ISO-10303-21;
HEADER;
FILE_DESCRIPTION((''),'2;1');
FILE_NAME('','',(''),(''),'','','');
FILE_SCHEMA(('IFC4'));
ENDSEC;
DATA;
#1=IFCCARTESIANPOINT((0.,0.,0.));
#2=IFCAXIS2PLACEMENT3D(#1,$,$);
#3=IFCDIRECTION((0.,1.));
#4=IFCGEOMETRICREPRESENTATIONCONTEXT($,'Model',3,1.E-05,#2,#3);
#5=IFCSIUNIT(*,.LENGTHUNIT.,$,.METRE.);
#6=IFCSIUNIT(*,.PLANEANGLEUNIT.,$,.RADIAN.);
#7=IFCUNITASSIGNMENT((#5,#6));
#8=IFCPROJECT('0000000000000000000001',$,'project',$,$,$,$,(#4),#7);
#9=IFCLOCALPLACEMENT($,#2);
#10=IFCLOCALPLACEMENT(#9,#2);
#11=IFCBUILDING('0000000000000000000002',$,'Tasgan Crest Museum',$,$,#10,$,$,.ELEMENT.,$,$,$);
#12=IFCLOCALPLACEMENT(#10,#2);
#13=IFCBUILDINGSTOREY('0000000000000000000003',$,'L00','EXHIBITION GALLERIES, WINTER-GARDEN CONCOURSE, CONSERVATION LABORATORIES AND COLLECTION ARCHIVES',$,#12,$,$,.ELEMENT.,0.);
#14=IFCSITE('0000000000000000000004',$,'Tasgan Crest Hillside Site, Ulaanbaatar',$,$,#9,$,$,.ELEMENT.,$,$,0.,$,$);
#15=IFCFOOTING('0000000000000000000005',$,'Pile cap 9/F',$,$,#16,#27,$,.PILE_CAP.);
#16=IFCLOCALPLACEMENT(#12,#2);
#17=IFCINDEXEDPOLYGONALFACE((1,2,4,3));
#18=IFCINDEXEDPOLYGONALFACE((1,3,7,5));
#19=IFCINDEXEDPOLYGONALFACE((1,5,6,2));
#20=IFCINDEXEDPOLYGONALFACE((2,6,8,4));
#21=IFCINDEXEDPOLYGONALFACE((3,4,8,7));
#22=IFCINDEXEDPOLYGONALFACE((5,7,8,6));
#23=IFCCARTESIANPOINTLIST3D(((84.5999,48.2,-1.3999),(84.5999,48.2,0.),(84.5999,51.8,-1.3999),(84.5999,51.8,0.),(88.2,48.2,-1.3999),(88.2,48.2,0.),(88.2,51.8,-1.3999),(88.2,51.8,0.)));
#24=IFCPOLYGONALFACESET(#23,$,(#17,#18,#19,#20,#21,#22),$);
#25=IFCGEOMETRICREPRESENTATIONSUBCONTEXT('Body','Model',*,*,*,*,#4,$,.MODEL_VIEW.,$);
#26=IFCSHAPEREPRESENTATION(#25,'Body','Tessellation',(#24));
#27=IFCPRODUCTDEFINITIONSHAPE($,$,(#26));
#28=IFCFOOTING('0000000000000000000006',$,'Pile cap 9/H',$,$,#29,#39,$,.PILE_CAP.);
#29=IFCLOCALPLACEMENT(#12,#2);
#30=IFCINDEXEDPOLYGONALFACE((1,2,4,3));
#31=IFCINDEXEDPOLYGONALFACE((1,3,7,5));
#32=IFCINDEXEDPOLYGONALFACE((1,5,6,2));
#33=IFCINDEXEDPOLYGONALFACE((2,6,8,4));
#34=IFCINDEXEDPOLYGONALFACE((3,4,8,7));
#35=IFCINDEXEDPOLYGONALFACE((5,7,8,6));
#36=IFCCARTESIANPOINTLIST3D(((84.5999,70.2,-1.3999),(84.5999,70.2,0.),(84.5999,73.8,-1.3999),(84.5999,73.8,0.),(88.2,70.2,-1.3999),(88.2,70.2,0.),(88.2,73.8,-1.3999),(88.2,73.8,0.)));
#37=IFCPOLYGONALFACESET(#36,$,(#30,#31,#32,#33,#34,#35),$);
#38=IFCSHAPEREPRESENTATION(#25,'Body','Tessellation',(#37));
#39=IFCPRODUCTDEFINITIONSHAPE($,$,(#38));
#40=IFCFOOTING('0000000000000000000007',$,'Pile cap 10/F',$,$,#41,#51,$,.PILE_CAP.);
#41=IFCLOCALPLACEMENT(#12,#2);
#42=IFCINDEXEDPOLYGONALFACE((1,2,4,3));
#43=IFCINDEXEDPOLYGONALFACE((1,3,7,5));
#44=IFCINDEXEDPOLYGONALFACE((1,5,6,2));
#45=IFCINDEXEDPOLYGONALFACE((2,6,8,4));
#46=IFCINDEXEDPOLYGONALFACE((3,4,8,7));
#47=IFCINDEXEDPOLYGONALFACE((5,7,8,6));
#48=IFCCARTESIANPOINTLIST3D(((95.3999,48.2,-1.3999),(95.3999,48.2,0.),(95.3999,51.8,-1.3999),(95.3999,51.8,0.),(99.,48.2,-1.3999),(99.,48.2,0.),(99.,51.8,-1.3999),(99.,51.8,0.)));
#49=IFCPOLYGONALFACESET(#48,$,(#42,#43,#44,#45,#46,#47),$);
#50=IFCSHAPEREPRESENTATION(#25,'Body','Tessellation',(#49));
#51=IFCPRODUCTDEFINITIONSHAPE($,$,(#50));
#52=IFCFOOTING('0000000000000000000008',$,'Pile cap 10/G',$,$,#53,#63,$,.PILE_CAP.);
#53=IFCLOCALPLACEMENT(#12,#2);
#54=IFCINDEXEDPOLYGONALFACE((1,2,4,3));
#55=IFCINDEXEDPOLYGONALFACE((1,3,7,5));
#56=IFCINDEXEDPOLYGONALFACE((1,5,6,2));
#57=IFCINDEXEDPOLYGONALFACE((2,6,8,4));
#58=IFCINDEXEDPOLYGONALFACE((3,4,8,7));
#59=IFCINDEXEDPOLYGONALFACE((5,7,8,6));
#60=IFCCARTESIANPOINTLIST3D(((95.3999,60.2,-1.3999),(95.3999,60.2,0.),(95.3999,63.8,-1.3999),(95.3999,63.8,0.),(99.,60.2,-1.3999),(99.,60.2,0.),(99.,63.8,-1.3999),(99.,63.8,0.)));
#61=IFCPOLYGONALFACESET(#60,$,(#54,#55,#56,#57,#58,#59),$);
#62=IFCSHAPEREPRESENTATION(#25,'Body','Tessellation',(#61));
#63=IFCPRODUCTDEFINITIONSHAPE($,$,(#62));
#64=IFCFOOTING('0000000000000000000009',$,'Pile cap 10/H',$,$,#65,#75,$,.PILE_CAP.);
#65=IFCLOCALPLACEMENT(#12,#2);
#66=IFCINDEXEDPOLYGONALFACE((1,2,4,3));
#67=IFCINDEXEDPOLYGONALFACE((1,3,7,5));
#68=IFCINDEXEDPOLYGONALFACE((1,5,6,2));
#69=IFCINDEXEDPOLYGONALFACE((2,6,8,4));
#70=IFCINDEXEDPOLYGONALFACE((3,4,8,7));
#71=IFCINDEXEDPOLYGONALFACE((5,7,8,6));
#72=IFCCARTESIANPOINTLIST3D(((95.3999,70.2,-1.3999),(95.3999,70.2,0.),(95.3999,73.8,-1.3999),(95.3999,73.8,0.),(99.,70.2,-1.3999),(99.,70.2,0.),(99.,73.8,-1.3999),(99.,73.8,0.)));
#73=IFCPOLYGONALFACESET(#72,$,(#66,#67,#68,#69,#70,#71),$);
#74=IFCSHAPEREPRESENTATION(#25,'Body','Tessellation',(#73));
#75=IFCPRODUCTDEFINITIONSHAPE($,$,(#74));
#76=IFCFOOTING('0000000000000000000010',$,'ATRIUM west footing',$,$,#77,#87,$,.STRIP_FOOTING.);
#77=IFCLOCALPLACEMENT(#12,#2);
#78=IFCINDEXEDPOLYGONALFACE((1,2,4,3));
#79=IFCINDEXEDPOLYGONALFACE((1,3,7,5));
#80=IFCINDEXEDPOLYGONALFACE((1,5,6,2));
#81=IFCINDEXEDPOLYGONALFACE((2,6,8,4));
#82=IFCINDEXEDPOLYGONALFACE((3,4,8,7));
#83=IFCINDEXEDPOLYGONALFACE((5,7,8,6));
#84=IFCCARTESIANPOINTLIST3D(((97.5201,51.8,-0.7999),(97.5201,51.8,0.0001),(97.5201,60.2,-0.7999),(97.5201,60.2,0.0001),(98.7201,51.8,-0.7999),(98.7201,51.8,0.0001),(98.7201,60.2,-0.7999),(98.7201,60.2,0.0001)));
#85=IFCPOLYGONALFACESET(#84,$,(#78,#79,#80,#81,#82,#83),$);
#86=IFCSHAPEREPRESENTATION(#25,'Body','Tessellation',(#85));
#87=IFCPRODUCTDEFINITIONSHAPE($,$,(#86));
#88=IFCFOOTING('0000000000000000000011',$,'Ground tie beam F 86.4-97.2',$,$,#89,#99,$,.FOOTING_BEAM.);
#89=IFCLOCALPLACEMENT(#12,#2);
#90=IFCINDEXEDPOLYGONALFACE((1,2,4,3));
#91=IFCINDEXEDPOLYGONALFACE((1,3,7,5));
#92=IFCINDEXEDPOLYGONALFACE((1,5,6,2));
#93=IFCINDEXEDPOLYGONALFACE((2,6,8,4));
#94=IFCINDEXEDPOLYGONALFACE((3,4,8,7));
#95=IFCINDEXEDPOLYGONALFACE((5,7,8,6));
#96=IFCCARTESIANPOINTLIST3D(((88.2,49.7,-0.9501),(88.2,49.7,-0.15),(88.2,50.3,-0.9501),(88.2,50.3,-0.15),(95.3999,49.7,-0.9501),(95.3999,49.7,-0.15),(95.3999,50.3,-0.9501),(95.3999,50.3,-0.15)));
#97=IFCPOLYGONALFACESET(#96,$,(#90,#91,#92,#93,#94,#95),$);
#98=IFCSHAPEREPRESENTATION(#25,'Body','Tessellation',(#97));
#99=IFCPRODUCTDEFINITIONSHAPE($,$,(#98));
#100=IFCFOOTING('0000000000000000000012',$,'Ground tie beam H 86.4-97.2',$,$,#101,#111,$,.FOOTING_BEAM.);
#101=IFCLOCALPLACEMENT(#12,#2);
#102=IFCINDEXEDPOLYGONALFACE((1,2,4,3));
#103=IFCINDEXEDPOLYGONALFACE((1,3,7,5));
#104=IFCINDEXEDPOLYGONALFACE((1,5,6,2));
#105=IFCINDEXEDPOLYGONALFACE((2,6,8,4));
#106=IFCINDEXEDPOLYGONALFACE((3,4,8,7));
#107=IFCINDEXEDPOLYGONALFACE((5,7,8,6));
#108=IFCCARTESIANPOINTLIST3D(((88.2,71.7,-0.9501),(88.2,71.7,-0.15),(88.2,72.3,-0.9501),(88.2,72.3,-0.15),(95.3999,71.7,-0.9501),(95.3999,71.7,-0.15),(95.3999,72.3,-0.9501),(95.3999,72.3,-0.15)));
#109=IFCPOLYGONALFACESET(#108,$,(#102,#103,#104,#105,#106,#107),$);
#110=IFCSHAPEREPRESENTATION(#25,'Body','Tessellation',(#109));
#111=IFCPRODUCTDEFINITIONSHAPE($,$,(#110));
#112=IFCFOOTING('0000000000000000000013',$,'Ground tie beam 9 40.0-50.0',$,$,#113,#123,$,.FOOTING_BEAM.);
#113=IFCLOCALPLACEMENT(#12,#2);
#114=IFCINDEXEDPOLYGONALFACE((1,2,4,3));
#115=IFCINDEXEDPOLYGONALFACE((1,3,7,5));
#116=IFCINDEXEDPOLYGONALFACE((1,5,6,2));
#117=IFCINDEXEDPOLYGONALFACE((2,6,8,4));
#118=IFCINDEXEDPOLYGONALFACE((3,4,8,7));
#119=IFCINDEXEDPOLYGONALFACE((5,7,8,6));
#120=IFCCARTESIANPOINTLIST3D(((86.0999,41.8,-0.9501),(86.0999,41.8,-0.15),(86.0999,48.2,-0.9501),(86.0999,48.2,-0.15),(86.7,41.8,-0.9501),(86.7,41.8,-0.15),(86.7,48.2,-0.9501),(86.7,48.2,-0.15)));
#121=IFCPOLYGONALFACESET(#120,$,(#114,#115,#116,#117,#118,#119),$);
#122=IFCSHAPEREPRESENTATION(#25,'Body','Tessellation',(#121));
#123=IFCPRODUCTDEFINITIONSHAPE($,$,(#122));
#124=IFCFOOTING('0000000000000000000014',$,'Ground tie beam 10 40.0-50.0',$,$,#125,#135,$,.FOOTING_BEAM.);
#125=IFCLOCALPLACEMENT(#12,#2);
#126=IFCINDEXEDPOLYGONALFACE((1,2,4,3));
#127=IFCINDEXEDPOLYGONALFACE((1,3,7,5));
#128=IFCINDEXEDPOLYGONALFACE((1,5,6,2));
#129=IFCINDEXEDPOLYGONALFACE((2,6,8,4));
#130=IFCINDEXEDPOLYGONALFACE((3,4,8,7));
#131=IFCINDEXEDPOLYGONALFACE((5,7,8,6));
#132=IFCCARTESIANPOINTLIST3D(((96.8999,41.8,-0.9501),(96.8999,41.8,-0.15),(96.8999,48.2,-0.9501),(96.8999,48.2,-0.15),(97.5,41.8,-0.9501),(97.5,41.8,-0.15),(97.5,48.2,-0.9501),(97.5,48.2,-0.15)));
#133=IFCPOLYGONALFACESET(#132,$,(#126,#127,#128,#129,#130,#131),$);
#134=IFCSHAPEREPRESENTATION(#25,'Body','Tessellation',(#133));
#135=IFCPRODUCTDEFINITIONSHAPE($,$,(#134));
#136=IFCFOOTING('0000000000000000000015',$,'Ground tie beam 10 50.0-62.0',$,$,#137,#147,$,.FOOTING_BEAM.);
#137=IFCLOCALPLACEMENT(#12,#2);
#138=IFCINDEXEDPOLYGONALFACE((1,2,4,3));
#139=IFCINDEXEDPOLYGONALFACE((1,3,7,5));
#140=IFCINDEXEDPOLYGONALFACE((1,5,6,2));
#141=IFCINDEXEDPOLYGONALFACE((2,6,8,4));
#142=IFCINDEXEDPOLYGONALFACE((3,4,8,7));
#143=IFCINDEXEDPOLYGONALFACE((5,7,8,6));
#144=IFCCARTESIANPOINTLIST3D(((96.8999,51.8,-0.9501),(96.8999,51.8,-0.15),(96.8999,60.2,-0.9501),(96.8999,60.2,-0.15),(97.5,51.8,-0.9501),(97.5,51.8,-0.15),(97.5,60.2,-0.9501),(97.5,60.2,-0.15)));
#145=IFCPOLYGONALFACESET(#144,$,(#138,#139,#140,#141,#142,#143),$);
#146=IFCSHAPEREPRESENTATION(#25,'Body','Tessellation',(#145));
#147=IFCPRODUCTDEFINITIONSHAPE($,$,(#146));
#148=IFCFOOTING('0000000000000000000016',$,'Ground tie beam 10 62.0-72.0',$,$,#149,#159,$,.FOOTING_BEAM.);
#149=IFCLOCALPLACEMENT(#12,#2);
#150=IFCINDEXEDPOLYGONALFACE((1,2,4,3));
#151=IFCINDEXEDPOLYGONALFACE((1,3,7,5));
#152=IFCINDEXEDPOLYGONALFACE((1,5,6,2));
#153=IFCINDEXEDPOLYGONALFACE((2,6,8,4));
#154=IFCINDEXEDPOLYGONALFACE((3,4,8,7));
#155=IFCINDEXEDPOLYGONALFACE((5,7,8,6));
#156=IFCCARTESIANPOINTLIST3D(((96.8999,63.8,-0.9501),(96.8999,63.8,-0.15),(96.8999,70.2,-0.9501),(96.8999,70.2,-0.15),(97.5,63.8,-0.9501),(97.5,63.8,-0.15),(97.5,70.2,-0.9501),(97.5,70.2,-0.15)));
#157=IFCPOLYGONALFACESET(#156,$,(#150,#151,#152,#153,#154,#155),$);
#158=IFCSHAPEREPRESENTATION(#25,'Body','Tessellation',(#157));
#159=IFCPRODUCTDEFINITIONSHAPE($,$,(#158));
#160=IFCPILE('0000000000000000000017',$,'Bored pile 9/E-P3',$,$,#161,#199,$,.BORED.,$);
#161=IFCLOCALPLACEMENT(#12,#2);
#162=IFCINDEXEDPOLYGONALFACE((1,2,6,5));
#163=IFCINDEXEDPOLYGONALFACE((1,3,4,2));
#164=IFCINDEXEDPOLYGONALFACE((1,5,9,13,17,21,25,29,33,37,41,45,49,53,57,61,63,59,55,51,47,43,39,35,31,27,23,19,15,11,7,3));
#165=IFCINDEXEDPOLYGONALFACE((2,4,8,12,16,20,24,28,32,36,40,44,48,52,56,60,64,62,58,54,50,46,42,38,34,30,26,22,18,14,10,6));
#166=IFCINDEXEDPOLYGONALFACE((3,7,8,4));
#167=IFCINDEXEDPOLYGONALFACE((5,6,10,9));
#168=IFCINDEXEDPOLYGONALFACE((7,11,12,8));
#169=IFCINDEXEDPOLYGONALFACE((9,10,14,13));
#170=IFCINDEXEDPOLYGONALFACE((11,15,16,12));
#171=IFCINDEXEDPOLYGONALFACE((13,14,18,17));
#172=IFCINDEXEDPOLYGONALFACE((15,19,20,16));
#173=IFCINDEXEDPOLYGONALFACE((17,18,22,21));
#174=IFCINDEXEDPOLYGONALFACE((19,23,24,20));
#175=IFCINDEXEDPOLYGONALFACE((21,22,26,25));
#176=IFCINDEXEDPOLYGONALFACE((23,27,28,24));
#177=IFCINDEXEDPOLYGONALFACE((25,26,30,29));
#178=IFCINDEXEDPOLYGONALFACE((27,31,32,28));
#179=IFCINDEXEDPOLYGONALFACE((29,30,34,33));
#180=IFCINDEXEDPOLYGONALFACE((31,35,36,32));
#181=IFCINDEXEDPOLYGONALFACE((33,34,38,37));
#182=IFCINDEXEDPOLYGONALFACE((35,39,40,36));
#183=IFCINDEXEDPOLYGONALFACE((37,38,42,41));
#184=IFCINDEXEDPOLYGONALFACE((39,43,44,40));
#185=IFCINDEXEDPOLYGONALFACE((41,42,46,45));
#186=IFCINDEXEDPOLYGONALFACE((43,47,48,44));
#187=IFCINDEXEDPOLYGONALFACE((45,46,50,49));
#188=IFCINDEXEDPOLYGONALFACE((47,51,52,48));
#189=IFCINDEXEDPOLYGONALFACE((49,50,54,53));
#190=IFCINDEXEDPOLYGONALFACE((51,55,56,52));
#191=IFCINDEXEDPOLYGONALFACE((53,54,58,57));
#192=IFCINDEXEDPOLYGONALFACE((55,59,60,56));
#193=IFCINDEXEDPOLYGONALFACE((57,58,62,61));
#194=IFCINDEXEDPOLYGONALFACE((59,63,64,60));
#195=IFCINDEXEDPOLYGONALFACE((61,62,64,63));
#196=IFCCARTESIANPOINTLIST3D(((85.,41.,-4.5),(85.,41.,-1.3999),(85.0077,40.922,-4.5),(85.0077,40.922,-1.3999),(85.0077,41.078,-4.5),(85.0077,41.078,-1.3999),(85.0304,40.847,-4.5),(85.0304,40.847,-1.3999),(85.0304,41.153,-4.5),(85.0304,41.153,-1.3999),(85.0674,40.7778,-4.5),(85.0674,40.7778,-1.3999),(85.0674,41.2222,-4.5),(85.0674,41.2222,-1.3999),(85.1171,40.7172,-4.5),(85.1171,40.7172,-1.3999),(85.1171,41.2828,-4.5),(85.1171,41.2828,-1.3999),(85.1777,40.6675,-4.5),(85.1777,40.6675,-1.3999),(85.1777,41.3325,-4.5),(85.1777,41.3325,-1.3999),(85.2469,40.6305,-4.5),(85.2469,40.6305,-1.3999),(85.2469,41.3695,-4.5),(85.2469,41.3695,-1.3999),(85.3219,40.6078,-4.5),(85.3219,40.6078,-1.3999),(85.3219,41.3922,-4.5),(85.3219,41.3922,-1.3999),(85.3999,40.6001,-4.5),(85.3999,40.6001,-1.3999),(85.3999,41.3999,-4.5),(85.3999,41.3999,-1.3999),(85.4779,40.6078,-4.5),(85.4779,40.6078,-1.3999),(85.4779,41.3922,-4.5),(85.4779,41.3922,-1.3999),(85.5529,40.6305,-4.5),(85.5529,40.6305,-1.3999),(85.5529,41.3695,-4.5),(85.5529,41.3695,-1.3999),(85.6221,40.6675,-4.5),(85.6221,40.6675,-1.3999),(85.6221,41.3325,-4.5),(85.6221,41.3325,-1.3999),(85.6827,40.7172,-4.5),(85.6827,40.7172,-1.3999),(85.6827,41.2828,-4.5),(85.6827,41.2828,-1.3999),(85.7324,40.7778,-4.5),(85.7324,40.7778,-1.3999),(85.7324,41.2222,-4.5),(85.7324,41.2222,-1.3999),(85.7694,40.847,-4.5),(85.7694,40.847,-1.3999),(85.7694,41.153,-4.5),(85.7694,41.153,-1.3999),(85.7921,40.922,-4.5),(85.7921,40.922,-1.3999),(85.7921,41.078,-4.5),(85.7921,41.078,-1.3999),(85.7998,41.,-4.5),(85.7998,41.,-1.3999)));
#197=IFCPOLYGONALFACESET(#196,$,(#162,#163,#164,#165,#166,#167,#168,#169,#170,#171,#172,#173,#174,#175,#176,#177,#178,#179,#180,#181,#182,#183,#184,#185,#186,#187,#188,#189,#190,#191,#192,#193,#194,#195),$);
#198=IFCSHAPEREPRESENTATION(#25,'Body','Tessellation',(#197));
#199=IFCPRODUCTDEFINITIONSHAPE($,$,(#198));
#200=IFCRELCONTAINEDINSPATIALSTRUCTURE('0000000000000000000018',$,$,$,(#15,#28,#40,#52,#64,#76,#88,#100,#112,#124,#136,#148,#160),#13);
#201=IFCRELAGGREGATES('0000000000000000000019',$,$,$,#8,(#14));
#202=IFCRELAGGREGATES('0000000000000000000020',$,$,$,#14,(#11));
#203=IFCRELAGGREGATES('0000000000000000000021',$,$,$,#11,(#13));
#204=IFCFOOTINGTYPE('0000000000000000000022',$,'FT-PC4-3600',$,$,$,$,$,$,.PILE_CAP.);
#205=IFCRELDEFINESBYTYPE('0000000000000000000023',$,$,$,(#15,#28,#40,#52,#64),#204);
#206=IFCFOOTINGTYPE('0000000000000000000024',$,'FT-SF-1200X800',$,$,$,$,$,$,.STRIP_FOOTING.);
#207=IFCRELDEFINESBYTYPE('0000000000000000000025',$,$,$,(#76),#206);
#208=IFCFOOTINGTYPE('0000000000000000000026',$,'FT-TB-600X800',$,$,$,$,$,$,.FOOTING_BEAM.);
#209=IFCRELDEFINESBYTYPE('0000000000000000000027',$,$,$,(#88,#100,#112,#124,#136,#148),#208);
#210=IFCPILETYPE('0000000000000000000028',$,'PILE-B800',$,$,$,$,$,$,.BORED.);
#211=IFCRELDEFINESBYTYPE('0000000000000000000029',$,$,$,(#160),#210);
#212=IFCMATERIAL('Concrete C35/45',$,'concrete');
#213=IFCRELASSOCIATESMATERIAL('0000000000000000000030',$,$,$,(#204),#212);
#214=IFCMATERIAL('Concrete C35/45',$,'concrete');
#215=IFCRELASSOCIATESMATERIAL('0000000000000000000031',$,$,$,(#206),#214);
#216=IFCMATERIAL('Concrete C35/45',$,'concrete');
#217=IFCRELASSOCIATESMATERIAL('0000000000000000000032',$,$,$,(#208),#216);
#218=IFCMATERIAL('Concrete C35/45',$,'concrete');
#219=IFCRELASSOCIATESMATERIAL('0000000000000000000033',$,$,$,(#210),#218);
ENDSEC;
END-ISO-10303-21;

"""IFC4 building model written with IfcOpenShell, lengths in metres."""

from ifc_helpers import new_model, si_unit, direction, frame, origin, origin_2d, place, context, subcontext, project, spatial, rectangle, circle, extrude, material, material_profile, profile_set, type_object, element, save


model = new_model("IFC4")

# Units and contexts
model_context = context("Model", 3, precision=1e-05, world=origin(), true_north=direction((0.0, 1.0)))
body_context = subcontext(model_context, "Body", "Model", "MODEL_VIEW")
ifc_project = project(units=[si_unit("LENGTHUNIT", "METRE"), si_unit("PLANEANGLEUNIT", "RADIAN")], contexts=[model_context])

# Site, building, storey
site_placement = place(None, origin())
site = spatial("IfcSite", under=ifc_project, at=site_placement, Name="Tasgan Crest Hillside Site, Ulaanbaatar", CompositionType="ELEMENT", RefElevation=0.0)
building_placement = place(site_placement, origin())
building = spatial("IfcBuilding", under=site, at=building_placement, Name="Tasgan Crest Museum", CompositionType="ELEMENT")
storey_placement = place(building_placement, origin())
storey = spatial("IfcBuildingStorey", under=building, at=storey_placement, Name="L00", Description="EXHIBITION GALLERIES, WINTER-GARDEN CONCOURSE, CONSERVATION LABORATORIES AND COLLECTION ARCHIVES", CompositionType="ELEMENT", Elevation=0.0)

# Footings
ifc_material_1 = material(Name="Concrete C35/45", Category="concrete")
footing_type_1 = type_object("IfcFootingType", Name="FT-PC4-3600", PredefinedType="PILE_CAP", material=ifc_material_1)
for number, where, z_axis, x_axis, name in (
    (1, (86.3999, 50.0, -1.3999), (0.0, 0.0, 1.0), (1.0, 0.0, 0.0), "Pile cap 9/F"),
    (2, (86.3999, 72.0, -1.3999), (0.0, 0.0, 1.0), (1.0, 0.0, 0.0), "Pile cap 9/H"),
    (3, (97.2, 50.0, -1.3999), (0.0, 0.0, 1.0), (1.0, 0.0, 0.0), "Pile cap 10/F"),
    (4, (97.2, 62.0, -1.3999), (0.0, 0.0, 1.0), (1.0, 0.0, 0.0), "Pile cap 10/G"),
    (5, (97.2, 72.0, -1.3999), (0.0, 0.0, 1.0), (1.0, 0.0, 0.0), "Pile cap 10/H"),
):
    element("IfcFooting", number, at=place(storey_placement, frame(where, z_axis=z_axis, x_axis=x_axis)), inside=storey, type_object=footing_type_1, Name=name, PredefinedType="PILE_CAP", context=body_context, shape_type="SweptSolid", body=[
        extrude(rectangle(XDim=3.6001, YDim=3.6001, at=origin_2d()), origin(), (0.0, 0.0, 1.0), 1.3999),
    ])
ifc_material_2 = material(Name="Concrete C35/45", Category="concrete")
ifc_material_profile_1 = material_profile(ifc_material_2, rectangle(XDim=1.2, YDim=0.8, at=origin_2d()), Name="SF 1200x800")
ifc_profile_set_1 = profile_set([ifc_material_profile_1], Name="Concrete C35/45")
footing_type_2 = type_object("IfcFootingType", Name="FT-SF-1200X800", PredefinedType="STRIP_FOOTING", material=ifc_profile_set_1)
footing_1_placement = place(storey_placement, frame((98.1201, 51.8, -0.3999), z_axis=(0.0, 1.0, 0.0), x_axis=(-1.0, 0.0, 0.0)))
element("IfcFooting", 6, at=footing_1_placement, inside=storey, type_object=footing_type_2, Name="ATRIUM west footing", PredefinedType="STRIP_FOOTING", context=body_context, shape_type="SweptSolid", body=[
    extrude(rectangle(XDim=1.2, YDim=0.8, at=origin_2d()), origin(), (0.0, 0.0, 1.0), 8.3999),
])
ifc_material_3 = material(Name="Concrete C35/45", Category="concrete")
ifc_material_profile_2 = material_profile(ifc_material_3, rectangle(XDim=0.6001, YDim=0.8, at=origin_2d()), Name="TB 600x800")
ifc_profile_set_2 = profile_set([ifc_material_profile_2], Name="Concrete C35/45")
footing_type_3 = type_object("IfcFootingType", Name="FT-TB-600X800", PredefinedType="FOOTING_BEAM", material=ifc_profile_set_2)
for number, where, z_axis, x_axis, name in (
    (7, (88.2, 50.0, -0.55), (1.0, 0.0, 0.0), (0.0, 1.0, 0.0), "Ground tie beam F 86.4-97.2"),
    (8, (88.2, 72.0, -0.55), (1.0, 0.0, 0.0), (0.0, 1.0, 0.0), "Ground tie beam H 86.4-97.2"),
):
    element("IfcFooting", number, at=place(storey_placement, frame(where, z_axis=z_axis, x_axis=x_axis)), inside=storey, type_object=footing_type_3, Name=name, PredefinedType="FOOTING_BEAM", context=body_context, shape_type="SweptSolid", body=[
        extrude(rectangle(XDim=0.6001, YDim=0.8, at=origin_2d()), origin(), (0.0, 0.0, 1.0), 7.2),
    ])
for number, where, z_axis, x_axis, name in (
    (9, (86.3999, 41.8, -0.55), (0.0, 1.0, 0.0), (-1.0, 0.0, 0.0), "Ground tie beam 9 40.0-50.0"),
    (10, (97.2, 41.8, -0.55), (0.0, 1.0, 0.0), (-1.0, 0.0, 0.0), "Ground tie beam 10 40.0-50.0"),
):
    element("IfcFooting", number, at=place(storey_placement, frame(where, z_axis=z_axis, x_axis=x_axis)), inside=storey, type_object=footing_type_3, Name=name, PredefinedType="FOOTING_BEAM", context=body_context, shape_type="SweptSolid", body=[
        extrude(rectangle(XDim=0.6001, YDim=0.8, at=origin_2d()), origin(), (0.0, 0.0, 1.0), 6.3999),
    ])
footing_2_placement = place(storey_placement, frame((97.2, 51.8, -0.55), z_axis=(0.0, 1.0, 0.0), x_axis=(-1.0, 0.0, 0.0)))
element("IfcFooting", 11, at=footing_2_placement, inside=storey, type_object=footing_type_3, Name="Ground tie beam 10 50.0-62.0", PredefinedType="FOOTING_BEAM", context=body_context, shape_type="SweptSolid", body=[
    extrude(rectangle(XDim=0.6001, YDim=0.8, at=origin_2d()), origin(), (0.0, 0.0, 1.0), 8.3999),
])
footing_3_placement = place(storey_placement, frame((97.2, 63.8, -0.55), z_axis=(0.0, 1.0, 0.0), x_axis=(-1.0, 0.0, 0.0)))
element("IfcFooting", 12, at=footing_3_placement, inside=storey, type_object=footing_type_3, Name="Ground tie beam 10 62.0-72.0", PredefinedType="FOOTING_BEAM", context=body_context, shape_type="SweptSolid", body=[
    extrude(rectangle(XDim=0.6001, YDim=0.8, at=origin_2d()), origin(), (0.0, 0.0, 1.0), 6.3999),
])

# Pile
ifc_material_4 = material(Name="Concrete C35/45", Category="concrete")
ifc_material_profile_3 = material_profile(ifc_material_4, circle(Radius=0.3999, at=origin_2d()), Name="PILE D800")
ifc_profile_set_3 = profile_set([ifc_material_profile_3], Name="Concrete C35/45")
pile_type = type_object("IfcPileType", Name="PILE-B800", PredefinedType="BORED", material=ifc_profile_set_3)
for number, where, z_axis, x_axis, name in (
    (13, (85.3999, 41.0, -1.3999), (0.0, 0.0, -1.0), (1.0, 0.0, 0.0), "Bored pile 9/E-P3"),
):
    element("IfcPile", number, at=place(storey_placement, frame(where, z_axis=z_axis, x_axis=x_axis)), inside=storey, type_object=pile_type, Name=name, PredefinedType="BORED", context=body_context, shape_type="SweptSolid", body=[
        extrude(circle(Radius=0.3999, at=origin_2d()), origin(), (0.0, 0.0, 1.0), 3.1001),
    ])

save(model, "model.ifc")
